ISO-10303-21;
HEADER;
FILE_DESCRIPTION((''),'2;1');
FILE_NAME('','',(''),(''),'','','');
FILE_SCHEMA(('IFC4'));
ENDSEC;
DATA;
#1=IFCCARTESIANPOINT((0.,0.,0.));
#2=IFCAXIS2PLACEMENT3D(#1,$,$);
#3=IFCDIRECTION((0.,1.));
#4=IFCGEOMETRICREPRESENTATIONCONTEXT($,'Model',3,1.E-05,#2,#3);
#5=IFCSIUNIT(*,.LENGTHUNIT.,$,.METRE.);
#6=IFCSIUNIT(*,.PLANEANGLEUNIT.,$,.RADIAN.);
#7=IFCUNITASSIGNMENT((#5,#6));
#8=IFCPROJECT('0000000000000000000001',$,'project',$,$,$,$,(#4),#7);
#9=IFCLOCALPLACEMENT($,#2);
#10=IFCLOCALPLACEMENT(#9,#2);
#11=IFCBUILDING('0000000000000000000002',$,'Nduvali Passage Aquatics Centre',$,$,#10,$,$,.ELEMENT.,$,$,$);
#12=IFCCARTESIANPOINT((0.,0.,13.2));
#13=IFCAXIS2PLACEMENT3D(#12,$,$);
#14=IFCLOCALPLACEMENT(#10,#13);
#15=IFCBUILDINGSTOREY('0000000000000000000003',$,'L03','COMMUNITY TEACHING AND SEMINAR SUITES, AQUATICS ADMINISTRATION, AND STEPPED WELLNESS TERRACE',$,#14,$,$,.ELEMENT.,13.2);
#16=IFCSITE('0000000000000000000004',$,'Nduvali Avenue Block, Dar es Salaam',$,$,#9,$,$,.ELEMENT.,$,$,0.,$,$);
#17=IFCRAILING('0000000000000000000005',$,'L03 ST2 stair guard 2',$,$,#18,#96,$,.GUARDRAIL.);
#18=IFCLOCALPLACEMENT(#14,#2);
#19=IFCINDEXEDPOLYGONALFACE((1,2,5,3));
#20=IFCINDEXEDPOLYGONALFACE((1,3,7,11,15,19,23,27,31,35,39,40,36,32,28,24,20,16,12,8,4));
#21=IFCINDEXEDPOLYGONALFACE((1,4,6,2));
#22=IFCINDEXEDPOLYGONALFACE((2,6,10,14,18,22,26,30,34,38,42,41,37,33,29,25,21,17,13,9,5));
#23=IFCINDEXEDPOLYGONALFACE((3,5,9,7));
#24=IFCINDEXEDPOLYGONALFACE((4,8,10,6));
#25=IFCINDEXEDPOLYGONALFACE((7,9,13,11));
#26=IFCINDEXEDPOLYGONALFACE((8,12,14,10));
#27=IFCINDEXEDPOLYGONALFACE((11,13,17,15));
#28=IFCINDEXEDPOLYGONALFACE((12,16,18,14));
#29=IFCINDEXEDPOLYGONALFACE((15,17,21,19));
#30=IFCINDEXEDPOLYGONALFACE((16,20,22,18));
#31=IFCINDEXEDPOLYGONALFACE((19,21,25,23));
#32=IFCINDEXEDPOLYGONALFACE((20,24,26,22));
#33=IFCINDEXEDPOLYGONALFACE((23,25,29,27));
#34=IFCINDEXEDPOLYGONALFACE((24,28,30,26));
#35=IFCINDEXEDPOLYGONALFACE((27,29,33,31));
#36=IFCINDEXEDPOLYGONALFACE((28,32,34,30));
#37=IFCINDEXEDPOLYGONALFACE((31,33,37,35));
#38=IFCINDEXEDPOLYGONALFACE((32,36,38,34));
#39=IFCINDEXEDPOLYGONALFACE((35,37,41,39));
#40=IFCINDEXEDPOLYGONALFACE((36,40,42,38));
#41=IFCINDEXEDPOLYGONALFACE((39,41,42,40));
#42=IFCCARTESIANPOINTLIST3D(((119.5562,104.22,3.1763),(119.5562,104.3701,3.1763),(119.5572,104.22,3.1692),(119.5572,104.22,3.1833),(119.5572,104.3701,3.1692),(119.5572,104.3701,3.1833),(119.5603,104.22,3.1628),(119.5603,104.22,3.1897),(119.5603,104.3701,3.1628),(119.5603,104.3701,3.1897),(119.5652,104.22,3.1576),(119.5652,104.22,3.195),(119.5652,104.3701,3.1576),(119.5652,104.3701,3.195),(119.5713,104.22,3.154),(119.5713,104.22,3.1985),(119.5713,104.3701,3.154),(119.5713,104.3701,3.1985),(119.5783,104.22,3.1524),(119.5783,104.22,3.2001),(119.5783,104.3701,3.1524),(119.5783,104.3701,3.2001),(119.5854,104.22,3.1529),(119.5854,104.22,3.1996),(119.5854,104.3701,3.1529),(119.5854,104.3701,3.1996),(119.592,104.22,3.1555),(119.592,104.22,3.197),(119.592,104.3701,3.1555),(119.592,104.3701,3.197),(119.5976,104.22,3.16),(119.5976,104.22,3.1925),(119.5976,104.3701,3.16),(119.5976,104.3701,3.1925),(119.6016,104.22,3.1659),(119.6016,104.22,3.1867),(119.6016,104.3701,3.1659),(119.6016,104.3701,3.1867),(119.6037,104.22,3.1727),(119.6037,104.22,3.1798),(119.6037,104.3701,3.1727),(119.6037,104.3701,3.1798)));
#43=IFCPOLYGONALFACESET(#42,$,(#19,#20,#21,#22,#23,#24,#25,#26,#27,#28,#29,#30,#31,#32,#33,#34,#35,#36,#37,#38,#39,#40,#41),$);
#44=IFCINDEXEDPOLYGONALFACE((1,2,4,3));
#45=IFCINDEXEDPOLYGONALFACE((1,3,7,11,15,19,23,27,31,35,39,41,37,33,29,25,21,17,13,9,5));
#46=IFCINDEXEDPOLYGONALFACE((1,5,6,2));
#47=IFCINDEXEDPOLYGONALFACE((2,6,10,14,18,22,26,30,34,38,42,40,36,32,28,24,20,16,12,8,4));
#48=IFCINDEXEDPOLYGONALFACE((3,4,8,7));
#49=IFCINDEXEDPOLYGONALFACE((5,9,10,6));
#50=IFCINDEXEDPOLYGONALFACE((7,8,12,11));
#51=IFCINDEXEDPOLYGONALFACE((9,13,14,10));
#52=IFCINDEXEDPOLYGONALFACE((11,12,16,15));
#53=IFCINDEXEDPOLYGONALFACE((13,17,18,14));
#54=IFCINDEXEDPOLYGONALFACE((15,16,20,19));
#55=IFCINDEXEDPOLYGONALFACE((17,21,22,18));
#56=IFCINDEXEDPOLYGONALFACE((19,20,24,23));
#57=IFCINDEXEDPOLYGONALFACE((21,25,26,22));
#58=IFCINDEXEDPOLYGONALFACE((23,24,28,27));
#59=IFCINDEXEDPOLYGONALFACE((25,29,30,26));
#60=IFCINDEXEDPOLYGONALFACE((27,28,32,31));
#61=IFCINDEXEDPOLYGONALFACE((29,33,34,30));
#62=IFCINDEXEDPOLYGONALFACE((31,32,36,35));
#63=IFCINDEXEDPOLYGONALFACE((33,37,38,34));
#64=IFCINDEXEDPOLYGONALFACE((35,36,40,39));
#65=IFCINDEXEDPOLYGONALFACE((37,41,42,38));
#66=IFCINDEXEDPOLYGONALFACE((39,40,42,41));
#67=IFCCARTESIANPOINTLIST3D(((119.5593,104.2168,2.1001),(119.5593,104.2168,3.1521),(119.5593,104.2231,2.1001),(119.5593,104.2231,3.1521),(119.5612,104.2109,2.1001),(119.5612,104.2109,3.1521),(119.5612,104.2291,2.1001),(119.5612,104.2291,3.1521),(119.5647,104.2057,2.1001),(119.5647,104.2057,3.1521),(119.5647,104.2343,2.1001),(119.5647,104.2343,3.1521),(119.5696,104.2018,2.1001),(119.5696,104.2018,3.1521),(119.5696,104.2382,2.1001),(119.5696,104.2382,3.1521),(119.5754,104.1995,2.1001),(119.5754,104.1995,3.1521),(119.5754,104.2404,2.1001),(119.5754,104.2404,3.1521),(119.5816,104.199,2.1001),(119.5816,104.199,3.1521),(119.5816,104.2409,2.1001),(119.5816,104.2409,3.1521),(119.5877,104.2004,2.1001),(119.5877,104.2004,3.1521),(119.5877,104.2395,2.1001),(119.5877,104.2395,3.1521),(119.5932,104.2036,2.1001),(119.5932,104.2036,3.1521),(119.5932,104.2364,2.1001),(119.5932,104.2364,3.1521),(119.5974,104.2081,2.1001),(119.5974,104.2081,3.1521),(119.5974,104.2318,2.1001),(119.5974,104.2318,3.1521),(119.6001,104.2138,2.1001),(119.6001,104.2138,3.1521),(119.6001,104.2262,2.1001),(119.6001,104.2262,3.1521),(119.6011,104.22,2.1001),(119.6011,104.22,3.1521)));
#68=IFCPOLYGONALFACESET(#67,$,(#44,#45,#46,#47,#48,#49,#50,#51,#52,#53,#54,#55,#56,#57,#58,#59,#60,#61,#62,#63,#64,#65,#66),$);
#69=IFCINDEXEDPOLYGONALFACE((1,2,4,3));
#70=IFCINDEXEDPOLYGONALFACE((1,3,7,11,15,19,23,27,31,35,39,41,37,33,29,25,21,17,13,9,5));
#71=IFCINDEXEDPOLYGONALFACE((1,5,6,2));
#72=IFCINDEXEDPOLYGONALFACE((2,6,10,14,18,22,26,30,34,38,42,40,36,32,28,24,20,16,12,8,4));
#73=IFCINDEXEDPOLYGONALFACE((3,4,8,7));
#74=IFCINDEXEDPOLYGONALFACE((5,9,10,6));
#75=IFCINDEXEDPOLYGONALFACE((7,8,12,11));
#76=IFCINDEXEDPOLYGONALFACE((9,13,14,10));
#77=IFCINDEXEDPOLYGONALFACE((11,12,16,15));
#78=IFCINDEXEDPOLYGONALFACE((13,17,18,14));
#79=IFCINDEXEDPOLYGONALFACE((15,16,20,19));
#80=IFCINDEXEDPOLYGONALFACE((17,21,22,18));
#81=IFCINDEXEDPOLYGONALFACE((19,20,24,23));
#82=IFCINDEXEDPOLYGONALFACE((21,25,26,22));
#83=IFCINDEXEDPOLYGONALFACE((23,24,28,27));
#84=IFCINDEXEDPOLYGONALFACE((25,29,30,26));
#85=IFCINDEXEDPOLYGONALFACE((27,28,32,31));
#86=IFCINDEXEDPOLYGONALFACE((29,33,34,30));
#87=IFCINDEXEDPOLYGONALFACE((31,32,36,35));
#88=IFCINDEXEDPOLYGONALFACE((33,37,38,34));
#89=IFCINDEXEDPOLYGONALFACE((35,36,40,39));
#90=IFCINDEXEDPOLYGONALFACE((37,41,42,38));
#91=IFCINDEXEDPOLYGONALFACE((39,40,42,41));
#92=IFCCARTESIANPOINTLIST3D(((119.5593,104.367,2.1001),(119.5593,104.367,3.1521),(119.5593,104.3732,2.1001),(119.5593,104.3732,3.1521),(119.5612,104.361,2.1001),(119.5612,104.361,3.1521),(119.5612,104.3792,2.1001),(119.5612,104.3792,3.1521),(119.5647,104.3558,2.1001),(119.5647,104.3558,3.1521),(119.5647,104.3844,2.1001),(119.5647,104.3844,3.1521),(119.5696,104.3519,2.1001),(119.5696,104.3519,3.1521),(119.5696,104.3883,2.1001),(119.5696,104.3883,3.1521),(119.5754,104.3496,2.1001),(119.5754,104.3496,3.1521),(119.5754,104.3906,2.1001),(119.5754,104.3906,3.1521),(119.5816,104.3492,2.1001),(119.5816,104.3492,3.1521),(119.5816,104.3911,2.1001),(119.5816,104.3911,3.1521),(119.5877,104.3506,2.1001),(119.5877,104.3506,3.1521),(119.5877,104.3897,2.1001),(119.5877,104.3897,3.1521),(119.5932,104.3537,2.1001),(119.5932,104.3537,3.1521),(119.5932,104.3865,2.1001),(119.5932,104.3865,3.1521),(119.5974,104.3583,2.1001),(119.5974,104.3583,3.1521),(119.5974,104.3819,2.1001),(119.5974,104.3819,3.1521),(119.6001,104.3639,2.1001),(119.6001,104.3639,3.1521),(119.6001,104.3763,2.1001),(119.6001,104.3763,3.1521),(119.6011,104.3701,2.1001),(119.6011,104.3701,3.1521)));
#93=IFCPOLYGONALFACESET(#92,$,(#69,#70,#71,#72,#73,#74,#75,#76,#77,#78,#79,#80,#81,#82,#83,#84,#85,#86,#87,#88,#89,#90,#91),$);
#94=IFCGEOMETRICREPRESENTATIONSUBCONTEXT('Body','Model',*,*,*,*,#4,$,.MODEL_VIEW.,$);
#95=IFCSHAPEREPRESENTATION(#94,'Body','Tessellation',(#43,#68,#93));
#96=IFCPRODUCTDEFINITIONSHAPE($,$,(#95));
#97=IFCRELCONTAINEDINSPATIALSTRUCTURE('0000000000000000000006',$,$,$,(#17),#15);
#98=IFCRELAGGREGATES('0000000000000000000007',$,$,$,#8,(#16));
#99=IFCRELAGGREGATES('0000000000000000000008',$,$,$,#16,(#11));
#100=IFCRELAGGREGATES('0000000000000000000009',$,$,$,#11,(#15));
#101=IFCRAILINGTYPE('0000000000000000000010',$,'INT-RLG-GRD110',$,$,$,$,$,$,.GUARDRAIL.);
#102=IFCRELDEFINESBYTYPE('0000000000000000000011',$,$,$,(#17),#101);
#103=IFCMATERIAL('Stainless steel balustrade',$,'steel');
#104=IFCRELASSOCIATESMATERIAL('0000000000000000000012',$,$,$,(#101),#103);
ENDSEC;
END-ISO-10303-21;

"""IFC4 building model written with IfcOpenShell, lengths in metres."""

from ifc_helpers import new_model, si_unit, direction, frame, origin, origin_2d, place, context, subcontext, project, spatial, circle, extrude, material, type_object, element, save


model = new_model("IFC4")

# Units and contexts
model_context = context("Model", 3, precision=1e-05, world=origin(), true_north=direction((0.0, 1.0)))
body_context = subcontext(model_context, "Body", "Model", "MODEL_VIEW")
ifc_project = project(units=[si_unit("LENGTHUNIT", "METRE"), si_unit("PLANEANGLEUNIT", "RADIAN")], contexts=[model_context])

# Site, building, storey
site_placement = place(None, origin())
site = spatial("IfcSite", under=ifc_project, at=site_placement, Name="Nduvali Avenue Block, Dar es Salaam", CompositionType="ELEMENT", RefElevation=0.0)
building_placement = place(site_placement, origin())
building = spatial("IfcBuilding", under=site, at=building_placement, Name="Nduvali Passage Aquatics Centre", CompositionType="ELEMENT")
storey_placement = place(building_placement, frame((0.0, 0.0, 13.2)))
storey = spatial("IfcBuildingStorey", under=building, at=storey_placement, Name="L03", Description="COMMUNITY TEACHING AND SEMINAR SUITES, AQUATICS ADMINISTRATION, AND STEPPED WELLNESS TERRACE", CompositionType="ELEMENT", Elevation=13.2)

# Railing
ifc_material_1 = material(Name="Stainless steel balustrade", Category="steel")
railing_type_1 = type_object("IfcRailingType", Name="INT-RLG-GRD110", PredefinedType="GUARDRAIL", material=ifc_material_1)
railing_1_placement = place(storey_placement, frame((119.5801, 104.22, 2.1001)))
element("IfcRailing", 1, at=railing_1_placement, inside=storey, type_object=railing_type_1, Name="L03 ST2 stair guard 2", PredefinedType="GUARDRAIL", context=body_context, shape_type="SweptSolid", body=[
    extrude(circle(Radius=0.0239, at=origin_2d()), frame((0.0, 0.0, 1.0762), z_axis=(0.0, 1.0, 0.0), x_axis=(-1.0, 0.0, 0.0)), (0.0, 0.0, 1.0), 0.1501),
    extrude(circle(Radius=0.021, at=origin_2d()), origin(), (0.0, 0.0, 1.0), 1.052),
    extrude(circle(Radius=0.021, at=origin_2d()), frame((0.0, 0.1501, 0.0)), (0.0, 0.0, 1.0), 1.052),
])

save(model, "model.ifc")
